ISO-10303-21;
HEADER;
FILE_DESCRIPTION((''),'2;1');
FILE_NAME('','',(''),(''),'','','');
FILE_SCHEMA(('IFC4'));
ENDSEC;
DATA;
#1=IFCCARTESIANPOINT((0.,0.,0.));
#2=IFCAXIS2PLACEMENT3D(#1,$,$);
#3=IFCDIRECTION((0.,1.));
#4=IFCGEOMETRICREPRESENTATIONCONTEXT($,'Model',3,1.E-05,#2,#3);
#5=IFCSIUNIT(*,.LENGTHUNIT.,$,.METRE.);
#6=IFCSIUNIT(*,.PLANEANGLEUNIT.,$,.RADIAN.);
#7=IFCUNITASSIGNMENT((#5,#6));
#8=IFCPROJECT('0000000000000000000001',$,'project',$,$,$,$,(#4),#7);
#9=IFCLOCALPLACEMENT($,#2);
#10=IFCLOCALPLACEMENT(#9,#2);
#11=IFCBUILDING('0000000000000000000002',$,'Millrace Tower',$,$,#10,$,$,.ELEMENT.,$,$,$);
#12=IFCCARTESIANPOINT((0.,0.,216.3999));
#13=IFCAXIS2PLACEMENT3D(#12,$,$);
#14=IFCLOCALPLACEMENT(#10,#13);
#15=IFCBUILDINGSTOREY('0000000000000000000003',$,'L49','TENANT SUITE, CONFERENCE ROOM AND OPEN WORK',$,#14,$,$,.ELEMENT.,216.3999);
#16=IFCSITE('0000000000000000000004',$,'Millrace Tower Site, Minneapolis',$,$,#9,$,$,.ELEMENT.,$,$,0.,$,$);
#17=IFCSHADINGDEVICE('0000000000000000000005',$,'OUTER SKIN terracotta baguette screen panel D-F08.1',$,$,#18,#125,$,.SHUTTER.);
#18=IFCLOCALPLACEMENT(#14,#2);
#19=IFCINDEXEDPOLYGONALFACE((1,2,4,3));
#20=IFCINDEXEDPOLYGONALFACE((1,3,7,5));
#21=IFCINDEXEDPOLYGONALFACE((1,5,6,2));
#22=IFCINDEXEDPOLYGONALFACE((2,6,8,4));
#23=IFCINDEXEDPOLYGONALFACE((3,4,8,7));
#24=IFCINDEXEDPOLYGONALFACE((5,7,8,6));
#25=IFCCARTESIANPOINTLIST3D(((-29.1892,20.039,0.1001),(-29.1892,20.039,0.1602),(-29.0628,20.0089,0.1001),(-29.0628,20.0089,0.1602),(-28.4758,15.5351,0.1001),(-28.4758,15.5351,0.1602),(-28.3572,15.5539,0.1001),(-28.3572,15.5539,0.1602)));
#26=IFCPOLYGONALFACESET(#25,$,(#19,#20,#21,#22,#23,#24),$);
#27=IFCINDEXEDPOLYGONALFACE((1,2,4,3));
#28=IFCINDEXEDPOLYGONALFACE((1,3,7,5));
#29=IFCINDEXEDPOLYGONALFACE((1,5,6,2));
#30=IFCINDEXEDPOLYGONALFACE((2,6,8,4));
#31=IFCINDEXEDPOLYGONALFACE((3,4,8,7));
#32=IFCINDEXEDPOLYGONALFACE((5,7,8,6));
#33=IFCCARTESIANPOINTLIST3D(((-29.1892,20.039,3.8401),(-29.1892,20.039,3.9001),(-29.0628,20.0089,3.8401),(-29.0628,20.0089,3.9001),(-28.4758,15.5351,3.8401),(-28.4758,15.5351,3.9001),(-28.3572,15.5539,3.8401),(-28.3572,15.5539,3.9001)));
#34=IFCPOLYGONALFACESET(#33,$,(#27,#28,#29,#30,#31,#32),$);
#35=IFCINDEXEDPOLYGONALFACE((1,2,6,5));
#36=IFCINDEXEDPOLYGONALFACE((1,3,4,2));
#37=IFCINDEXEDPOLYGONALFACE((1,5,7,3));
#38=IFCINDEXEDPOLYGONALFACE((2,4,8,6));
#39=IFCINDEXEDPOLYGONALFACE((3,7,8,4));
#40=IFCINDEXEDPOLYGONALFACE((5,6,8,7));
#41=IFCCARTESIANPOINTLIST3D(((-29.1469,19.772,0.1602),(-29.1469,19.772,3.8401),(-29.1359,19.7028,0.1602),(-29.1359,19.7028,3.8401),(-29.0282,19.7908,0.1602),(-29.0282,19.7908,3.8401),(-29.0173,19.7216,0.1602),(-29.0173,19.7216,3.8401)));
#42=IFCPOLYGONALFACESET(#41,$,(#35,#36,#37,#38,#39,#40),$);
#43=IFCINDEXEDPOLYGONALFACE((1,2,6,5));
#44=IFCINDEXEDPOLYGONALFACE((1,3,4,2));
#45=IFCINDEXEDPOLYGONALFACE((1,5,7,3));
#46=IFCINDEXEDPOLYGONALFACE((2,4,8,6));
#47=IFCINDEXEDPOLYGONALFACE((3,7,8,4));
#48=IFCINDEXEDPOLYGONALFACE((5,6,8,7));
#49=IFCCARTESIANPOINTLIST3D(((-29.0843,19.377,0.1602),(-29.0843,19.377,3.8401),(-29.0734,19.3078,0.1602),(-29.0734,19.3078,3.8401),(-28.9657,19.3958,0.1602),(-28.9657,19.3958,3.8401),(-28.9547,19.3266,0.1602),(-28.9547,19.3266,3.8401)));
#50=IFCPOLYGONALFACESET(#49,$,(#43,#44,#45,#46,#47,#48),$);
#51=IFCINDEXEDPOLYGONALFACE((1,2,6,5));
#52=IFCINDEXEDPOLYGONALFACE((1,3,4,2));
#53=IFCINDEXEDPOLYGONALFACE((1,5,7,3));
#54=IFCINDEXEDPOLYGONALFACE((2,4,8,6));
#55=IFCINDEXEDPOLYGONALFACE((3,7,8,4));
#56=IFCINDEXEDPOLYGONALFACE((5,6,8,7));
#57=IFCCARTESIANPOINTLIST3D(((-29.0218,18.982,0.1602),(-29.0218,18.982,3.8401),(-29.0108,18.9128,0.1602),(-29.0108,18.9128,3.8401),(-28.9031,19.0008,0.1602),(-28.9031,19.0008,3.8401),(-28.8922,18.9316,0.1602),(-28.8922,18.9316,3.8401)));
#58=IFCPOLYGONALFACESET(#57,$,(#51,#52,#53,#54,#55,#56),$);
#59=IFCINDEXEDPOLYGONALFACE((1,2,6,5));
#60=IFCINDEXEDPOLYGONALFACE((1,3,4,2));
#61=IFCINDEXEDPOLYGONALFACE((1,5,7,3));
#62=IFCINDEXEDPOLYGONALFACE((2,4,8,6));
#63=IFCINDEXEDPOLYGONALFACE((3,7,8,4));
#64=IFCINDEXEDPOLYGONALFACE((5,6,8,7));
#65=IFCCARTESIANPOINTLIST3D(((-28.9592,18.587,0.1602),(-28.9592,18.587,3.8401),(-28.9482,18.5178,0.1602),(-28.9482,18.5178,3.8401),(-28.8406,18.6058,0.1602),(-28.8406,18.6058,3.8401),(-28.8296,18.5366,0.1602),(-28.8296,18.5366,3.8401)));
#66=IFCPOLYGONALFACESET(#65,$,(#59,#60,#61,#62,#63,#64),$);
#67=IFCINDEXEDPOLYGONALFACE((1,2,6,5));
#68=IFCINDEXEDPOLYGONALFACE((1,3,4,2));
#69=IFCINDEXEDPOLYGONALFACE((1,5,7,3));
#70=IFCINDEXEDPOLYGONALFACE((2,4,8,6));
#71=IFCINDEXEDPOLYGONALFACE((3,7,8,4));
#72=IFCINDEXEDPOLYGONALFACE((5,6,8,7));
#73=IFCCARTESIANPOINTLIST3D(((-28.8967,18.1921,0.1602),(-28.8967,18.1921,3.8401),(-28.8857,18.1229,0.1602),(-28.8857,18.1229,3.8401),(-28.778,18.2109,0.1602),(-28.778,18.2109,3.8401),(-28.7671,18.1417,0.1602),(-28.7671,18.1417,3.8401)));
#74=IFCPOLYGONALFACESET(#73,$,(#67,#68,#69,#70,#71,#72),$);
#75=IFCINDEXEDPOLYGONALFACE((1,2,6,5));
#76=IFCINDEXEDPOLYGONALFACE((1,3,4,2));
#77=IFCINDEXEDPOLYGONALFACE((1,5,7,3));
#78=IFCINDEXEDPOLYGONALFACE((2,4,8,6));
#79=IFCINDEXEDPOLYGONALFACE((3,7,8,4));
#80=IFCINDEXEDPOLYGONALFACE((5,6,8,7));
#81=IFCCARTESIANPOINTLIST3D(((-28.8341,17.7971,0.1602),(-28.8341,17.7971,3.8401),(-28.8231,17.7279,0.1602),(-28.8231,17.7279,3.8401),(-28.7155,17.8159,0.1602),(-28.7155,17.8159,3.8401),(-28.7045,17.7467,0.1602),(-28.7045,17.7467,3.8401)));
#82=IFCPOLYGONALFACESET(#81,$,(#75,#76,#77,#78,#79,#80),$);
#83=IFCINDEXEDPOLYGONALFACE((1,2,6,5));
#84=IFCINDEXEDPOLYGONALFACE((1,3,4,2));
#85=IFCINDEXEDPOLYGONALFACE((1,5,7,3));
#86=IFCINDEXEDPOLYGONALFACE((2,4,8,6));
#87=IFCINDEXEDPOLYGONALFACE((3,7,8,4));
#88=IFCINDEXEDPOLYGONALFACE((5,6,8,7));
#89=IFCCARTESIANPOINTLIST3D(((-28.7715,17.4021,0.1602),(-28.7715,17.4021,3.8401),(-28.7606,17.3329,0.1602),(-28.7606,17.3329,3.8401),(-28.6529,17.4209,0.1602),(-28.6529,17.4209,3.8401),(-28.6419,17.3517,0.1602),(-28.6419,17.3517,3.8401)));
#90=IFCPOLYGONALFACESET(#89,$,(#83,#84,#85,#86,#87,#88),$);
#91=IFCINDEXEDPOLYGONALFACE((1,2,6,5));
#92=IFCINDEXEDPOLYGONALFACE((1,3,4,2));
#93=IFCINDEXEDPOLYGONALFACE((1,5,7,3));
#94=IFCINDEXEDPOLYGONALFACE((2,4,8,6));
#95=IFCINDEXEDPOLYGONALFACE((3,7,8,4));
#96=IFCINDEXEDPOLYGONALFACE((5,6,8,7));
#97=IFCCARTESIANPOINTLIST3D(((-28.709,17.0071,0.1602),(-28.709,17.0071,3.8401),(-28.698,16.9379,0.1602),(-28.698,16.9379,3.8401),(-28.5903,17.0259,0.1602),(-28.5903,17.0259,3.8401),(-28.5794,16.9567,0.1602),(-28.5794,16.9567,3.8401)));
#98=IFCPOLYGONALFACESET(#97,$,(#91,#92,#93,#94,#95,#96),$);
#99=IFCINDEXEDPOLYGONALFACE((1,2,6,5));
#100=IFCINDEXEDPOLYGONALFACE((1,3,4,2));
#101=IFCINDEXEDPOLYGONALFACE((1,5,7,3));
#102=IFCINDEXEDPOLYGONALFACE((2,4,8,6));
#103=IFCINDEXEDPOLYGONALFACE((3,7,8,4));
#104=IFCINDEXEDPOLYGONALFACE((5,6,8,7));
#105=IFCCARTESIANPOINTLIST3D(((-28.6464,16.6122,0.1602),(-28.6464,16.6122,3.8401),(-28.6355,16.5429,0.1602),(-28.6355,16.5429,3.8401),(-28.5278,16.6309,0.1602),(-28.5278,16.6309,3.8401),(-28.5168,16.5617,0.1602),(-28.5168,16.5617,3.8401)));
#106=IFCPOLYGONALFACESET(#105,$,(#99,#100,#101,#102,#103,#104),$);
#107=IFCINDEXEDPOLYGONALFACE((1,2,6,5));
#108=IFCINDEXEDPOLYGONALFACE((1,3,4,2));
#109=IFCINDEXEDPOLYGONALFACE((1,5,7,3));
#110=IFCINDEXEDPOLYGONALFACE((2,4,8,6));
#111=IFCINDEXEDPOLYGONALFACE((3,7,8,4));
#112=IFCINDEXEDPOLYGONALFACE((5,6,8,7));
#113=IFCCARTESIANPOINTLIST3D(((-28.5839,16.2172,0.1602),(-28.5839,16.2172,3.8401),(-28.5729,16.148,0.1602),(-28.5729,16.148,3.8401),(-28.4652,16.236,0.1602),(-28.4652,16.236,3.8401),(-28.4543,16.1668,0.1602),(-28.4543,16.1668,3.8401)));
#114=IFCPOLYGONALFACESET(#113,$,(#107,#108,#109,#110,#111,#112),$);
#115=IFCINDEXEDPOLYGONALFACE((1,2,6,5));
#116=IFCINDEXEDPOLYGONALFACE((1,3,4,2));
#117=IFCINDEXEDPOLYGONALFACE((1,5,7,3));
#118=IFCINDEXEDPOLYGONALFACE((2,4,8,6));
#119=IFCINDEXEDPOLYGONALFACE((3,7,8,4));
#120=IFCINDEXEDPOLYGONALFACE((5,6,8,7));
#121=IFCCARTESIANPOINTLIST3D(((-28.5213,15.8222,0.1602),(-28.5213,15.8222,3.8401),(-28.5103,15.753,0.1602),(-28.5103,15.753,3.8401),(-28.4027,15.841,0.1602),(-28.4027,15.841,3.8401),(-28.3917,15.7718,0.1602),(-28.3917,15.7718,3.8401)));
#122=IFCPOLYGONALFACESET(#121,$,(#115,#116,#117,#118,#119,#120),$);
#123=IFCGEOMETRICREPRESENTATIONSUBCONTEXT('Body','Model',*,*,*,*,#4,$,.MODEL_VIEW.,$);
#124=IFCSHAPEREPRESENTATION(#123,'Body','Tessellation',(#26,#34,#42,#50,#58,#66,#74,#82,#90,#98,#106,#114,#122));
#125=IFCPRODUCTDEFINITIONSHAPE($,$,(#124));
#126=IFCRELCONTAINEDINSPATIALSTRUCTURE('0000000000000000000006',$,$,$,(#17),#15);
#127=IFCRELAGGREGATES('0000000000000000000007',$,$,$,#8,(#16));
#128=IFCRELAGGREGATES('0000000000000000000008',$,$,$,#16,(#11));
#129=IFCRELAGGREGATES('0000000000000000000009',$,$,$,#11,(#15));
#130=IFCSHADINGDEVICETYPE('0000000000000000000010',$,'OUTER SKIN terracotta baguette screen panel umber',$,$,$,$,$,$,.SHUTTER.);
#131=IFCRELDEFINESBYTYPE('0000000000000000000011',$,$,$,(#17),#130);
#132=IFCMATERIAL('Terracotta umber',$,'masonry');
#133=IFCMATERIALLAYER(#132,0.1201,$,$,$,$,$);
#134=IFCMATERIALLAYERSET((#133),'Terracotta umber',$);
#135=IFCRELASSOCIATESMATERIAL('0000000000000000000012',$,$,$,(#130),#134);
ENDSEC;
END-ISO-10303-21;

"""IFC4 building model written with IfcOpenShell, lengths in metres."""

from ifc_helpers import new_model, entity, si_unit, direction, frame, frame_2d, origin, place, context, subcontext, project, spatial, rectangle, extrude, source, transform, mapped, material, layer, layer_set, type_object, element, save


model = new_model("IFC4")

# Units and contexts
model_context = context("Model", 3, precision=1e-05, world=origin(), true_north=direction((0.0, 1.0)))
body_context = subcontext(model_context, "Body", "Model", "MODEL_VIEW")
ifc_project = project(units=[si_unit("LENGTHUNIT", "METRE"), si_unit("PLANEANGLEUNIT", "RADIAN")], contexts=[model_context])

# Site, building, storey
site_placement = place(None, origin())
site = spatial("IfcSite", under=ifc_project, at=site_placement, Name="Millrace Tower Site, Minneapolis", CompositionType="ELEMENT", RefElevation=0.0)
building_placement = place(site_placement, origin())
building = spatial("IfcBuilding", under=site, at=building_placement, Name="Millrace Tower", CompositionType="ELEMENT")
storey_placement = place(building_placement, frame((0.0, 0.0, 216.3999)))
storey = spatial("IfcBuildingStorey", under=building, at=storey_placement, Name="L49", Description="TENANT SUITE, CONFERENCE ROOM AND OPEN WORK", CompositionType="ELEMENT", Elevation=216.3999)

# Shading device
ifc_material_1 = material(Name="Terracotta umber", Category="masonry")
ifc_layer_1 = layer(ifc_material_1, 0.1201)
ifc_layer_set_1 = layer_set([ifc_layer_1], Name="Terracotta umber")
shading_device_type = type_object("IfcShadingDeviceType", Name="OUTER SKIN terracotta baguette screen panel umber", PredefinedType="SHUTTER", material=ifc_layer_set_1)
cartesian_point_1 = entity("IfcCartesianPoint", [-2.2429, 0.0601])
shared_polyline_1 = entity("IfcPolyline", [cartesian_point_1, entity("IfcCartesianPoint", [2.2676, 0.0601]), entity("IfcCartesianPoint", [2.2676, -0.0601]), entity("IfcCartesianPoint", [-2.2925, -0.0601]), cartesian_point_1])
shared_shape_1 = source(origin(), body_context, "Body", "SweptSolid", [
    entity("IfcExtrudedAreaSolid", entity("IfcArbitraryClosedProfileDef", "AREA", None, shared_polyline_1), entity("IfcAxis2Placement3D", entity("IfcCartesianPoint", [0.0, 0.0, 0.0])), entity("IfcDirection", [0.0, 0.0, 1.0]), 0.0601),
    entity("IfcExtrudedAreaSolid", entity("IfcArbitraryClosedProfileDef", "AREA", None, shared_polyline_1), entity("IfcAxis2Placement3D", entity("IfcCartesianPoint", [0.0, 0.0, 3.74])), entity("IfcDirection", [0.0, 0.0, 1.0]), 0.0601),
    extrude(rectangle(XDim=0.0701, YDim=0.1201, at=frame_2d((-1.9871, 0.0))), frame((0.0, 0.0, 0.0601)), (0.0, 0.0, 1.0), 3.6799),
    extrude(rectangle(XDim=0.0701, YDim=0.1201, at=frame_2d((-1.5872, 0.0))), frame((0.0, 0.0, 0.0601)), (0.0, 0.0, 1.0), 3.6799),
    extrude(rectangle(XDim=0.0701, YDim=0.1201, at=frame_2d((-1.1873, 0.0))), frame((0.0, 0.0, 0.0601)), (0.0, 0.0, 1.0), 3.6799),
    extrude(rectangle(XDim=0.0701, YDim=0.1201, at=frame_2d((-0.7874, 0.0))), frame((0.0, 0.0, 0.0601)), (0.0, 0.0, 1.0), 3.6799),
    extrude(rectangle(XDim=0.0701, YDim=0.1201, at=frame_2d((-0.3875, 0.0))), frame((0.0, 0.0, 0.0601)), (0.0, 0.0, 1.0), 3.6799),
    extrude(rectangle(XDim=0.0701, YDim=0.1201, at=frame_2d((0.0125, 0.0))), frame((0.0, 0.0, 0.0601)), (0.0, 0.0, 1.0), 3.6799),
    extrude(rectangle(XDim=0.0701, YDim=0.1201, at=frame_2d((0.4124, 0.0))), frame((0.0, 0.0, 0.0601)), (0.0, 0.0, 1.0), 3.6799),
    extrude(rectangle(XDim=0.0701, YDim=0.1201, at=frame_2d((0.8123, 0.0))), frame((0.0, 0.0, 0.0601)), (0.0, 0.0, 1.0), 3.6799),
    extrude(rectangle(XDim=0.0701, YDim=0.1201, at=frame_2d((1.2122, 0.0))), frame((0.0, 0.0, 0.0601)), (0.0, 0.0, 1.0), 3.6799),
    extrude(rectangle(XDim=0.0701, YDim=0.1201, at=frame_2d((1.6121, 0.0))), frame((0.0, 0.0, 0.0601)), (0.0, 0.0, 1.0), 3.6799),
    extrude(rectangle(XDim=0.0701, YDim=0.1201, at=frame_2d((2.012, 0.0))), frame((0.0, 0.0, 0.0601)), (0.0, 0.0, 1.0), 3.6799),
])
shading_device_1_placement = place(storey_placement, frame((-28.7712, 17.7842, 0.1001), z_axis=(0.0, 0.0, 1.0), x_axis=(0.156434, -0.987688, 0.0)))
element("IfcShadingDevice", 1, at=shading_device_1_placement, inside=storey, type_object=shading_device_type, Name="OUTER SKIN terracotta baguette screen panel D-F08.1", PredefinedType="SHUTTER", context=body_context, shape_type="MappedRepresentation", body=[
    mapped(shared_shape_1, transform((0.0, 0.0, 0.0), scale=1.0)),
])

save(model, "model.ifc")
